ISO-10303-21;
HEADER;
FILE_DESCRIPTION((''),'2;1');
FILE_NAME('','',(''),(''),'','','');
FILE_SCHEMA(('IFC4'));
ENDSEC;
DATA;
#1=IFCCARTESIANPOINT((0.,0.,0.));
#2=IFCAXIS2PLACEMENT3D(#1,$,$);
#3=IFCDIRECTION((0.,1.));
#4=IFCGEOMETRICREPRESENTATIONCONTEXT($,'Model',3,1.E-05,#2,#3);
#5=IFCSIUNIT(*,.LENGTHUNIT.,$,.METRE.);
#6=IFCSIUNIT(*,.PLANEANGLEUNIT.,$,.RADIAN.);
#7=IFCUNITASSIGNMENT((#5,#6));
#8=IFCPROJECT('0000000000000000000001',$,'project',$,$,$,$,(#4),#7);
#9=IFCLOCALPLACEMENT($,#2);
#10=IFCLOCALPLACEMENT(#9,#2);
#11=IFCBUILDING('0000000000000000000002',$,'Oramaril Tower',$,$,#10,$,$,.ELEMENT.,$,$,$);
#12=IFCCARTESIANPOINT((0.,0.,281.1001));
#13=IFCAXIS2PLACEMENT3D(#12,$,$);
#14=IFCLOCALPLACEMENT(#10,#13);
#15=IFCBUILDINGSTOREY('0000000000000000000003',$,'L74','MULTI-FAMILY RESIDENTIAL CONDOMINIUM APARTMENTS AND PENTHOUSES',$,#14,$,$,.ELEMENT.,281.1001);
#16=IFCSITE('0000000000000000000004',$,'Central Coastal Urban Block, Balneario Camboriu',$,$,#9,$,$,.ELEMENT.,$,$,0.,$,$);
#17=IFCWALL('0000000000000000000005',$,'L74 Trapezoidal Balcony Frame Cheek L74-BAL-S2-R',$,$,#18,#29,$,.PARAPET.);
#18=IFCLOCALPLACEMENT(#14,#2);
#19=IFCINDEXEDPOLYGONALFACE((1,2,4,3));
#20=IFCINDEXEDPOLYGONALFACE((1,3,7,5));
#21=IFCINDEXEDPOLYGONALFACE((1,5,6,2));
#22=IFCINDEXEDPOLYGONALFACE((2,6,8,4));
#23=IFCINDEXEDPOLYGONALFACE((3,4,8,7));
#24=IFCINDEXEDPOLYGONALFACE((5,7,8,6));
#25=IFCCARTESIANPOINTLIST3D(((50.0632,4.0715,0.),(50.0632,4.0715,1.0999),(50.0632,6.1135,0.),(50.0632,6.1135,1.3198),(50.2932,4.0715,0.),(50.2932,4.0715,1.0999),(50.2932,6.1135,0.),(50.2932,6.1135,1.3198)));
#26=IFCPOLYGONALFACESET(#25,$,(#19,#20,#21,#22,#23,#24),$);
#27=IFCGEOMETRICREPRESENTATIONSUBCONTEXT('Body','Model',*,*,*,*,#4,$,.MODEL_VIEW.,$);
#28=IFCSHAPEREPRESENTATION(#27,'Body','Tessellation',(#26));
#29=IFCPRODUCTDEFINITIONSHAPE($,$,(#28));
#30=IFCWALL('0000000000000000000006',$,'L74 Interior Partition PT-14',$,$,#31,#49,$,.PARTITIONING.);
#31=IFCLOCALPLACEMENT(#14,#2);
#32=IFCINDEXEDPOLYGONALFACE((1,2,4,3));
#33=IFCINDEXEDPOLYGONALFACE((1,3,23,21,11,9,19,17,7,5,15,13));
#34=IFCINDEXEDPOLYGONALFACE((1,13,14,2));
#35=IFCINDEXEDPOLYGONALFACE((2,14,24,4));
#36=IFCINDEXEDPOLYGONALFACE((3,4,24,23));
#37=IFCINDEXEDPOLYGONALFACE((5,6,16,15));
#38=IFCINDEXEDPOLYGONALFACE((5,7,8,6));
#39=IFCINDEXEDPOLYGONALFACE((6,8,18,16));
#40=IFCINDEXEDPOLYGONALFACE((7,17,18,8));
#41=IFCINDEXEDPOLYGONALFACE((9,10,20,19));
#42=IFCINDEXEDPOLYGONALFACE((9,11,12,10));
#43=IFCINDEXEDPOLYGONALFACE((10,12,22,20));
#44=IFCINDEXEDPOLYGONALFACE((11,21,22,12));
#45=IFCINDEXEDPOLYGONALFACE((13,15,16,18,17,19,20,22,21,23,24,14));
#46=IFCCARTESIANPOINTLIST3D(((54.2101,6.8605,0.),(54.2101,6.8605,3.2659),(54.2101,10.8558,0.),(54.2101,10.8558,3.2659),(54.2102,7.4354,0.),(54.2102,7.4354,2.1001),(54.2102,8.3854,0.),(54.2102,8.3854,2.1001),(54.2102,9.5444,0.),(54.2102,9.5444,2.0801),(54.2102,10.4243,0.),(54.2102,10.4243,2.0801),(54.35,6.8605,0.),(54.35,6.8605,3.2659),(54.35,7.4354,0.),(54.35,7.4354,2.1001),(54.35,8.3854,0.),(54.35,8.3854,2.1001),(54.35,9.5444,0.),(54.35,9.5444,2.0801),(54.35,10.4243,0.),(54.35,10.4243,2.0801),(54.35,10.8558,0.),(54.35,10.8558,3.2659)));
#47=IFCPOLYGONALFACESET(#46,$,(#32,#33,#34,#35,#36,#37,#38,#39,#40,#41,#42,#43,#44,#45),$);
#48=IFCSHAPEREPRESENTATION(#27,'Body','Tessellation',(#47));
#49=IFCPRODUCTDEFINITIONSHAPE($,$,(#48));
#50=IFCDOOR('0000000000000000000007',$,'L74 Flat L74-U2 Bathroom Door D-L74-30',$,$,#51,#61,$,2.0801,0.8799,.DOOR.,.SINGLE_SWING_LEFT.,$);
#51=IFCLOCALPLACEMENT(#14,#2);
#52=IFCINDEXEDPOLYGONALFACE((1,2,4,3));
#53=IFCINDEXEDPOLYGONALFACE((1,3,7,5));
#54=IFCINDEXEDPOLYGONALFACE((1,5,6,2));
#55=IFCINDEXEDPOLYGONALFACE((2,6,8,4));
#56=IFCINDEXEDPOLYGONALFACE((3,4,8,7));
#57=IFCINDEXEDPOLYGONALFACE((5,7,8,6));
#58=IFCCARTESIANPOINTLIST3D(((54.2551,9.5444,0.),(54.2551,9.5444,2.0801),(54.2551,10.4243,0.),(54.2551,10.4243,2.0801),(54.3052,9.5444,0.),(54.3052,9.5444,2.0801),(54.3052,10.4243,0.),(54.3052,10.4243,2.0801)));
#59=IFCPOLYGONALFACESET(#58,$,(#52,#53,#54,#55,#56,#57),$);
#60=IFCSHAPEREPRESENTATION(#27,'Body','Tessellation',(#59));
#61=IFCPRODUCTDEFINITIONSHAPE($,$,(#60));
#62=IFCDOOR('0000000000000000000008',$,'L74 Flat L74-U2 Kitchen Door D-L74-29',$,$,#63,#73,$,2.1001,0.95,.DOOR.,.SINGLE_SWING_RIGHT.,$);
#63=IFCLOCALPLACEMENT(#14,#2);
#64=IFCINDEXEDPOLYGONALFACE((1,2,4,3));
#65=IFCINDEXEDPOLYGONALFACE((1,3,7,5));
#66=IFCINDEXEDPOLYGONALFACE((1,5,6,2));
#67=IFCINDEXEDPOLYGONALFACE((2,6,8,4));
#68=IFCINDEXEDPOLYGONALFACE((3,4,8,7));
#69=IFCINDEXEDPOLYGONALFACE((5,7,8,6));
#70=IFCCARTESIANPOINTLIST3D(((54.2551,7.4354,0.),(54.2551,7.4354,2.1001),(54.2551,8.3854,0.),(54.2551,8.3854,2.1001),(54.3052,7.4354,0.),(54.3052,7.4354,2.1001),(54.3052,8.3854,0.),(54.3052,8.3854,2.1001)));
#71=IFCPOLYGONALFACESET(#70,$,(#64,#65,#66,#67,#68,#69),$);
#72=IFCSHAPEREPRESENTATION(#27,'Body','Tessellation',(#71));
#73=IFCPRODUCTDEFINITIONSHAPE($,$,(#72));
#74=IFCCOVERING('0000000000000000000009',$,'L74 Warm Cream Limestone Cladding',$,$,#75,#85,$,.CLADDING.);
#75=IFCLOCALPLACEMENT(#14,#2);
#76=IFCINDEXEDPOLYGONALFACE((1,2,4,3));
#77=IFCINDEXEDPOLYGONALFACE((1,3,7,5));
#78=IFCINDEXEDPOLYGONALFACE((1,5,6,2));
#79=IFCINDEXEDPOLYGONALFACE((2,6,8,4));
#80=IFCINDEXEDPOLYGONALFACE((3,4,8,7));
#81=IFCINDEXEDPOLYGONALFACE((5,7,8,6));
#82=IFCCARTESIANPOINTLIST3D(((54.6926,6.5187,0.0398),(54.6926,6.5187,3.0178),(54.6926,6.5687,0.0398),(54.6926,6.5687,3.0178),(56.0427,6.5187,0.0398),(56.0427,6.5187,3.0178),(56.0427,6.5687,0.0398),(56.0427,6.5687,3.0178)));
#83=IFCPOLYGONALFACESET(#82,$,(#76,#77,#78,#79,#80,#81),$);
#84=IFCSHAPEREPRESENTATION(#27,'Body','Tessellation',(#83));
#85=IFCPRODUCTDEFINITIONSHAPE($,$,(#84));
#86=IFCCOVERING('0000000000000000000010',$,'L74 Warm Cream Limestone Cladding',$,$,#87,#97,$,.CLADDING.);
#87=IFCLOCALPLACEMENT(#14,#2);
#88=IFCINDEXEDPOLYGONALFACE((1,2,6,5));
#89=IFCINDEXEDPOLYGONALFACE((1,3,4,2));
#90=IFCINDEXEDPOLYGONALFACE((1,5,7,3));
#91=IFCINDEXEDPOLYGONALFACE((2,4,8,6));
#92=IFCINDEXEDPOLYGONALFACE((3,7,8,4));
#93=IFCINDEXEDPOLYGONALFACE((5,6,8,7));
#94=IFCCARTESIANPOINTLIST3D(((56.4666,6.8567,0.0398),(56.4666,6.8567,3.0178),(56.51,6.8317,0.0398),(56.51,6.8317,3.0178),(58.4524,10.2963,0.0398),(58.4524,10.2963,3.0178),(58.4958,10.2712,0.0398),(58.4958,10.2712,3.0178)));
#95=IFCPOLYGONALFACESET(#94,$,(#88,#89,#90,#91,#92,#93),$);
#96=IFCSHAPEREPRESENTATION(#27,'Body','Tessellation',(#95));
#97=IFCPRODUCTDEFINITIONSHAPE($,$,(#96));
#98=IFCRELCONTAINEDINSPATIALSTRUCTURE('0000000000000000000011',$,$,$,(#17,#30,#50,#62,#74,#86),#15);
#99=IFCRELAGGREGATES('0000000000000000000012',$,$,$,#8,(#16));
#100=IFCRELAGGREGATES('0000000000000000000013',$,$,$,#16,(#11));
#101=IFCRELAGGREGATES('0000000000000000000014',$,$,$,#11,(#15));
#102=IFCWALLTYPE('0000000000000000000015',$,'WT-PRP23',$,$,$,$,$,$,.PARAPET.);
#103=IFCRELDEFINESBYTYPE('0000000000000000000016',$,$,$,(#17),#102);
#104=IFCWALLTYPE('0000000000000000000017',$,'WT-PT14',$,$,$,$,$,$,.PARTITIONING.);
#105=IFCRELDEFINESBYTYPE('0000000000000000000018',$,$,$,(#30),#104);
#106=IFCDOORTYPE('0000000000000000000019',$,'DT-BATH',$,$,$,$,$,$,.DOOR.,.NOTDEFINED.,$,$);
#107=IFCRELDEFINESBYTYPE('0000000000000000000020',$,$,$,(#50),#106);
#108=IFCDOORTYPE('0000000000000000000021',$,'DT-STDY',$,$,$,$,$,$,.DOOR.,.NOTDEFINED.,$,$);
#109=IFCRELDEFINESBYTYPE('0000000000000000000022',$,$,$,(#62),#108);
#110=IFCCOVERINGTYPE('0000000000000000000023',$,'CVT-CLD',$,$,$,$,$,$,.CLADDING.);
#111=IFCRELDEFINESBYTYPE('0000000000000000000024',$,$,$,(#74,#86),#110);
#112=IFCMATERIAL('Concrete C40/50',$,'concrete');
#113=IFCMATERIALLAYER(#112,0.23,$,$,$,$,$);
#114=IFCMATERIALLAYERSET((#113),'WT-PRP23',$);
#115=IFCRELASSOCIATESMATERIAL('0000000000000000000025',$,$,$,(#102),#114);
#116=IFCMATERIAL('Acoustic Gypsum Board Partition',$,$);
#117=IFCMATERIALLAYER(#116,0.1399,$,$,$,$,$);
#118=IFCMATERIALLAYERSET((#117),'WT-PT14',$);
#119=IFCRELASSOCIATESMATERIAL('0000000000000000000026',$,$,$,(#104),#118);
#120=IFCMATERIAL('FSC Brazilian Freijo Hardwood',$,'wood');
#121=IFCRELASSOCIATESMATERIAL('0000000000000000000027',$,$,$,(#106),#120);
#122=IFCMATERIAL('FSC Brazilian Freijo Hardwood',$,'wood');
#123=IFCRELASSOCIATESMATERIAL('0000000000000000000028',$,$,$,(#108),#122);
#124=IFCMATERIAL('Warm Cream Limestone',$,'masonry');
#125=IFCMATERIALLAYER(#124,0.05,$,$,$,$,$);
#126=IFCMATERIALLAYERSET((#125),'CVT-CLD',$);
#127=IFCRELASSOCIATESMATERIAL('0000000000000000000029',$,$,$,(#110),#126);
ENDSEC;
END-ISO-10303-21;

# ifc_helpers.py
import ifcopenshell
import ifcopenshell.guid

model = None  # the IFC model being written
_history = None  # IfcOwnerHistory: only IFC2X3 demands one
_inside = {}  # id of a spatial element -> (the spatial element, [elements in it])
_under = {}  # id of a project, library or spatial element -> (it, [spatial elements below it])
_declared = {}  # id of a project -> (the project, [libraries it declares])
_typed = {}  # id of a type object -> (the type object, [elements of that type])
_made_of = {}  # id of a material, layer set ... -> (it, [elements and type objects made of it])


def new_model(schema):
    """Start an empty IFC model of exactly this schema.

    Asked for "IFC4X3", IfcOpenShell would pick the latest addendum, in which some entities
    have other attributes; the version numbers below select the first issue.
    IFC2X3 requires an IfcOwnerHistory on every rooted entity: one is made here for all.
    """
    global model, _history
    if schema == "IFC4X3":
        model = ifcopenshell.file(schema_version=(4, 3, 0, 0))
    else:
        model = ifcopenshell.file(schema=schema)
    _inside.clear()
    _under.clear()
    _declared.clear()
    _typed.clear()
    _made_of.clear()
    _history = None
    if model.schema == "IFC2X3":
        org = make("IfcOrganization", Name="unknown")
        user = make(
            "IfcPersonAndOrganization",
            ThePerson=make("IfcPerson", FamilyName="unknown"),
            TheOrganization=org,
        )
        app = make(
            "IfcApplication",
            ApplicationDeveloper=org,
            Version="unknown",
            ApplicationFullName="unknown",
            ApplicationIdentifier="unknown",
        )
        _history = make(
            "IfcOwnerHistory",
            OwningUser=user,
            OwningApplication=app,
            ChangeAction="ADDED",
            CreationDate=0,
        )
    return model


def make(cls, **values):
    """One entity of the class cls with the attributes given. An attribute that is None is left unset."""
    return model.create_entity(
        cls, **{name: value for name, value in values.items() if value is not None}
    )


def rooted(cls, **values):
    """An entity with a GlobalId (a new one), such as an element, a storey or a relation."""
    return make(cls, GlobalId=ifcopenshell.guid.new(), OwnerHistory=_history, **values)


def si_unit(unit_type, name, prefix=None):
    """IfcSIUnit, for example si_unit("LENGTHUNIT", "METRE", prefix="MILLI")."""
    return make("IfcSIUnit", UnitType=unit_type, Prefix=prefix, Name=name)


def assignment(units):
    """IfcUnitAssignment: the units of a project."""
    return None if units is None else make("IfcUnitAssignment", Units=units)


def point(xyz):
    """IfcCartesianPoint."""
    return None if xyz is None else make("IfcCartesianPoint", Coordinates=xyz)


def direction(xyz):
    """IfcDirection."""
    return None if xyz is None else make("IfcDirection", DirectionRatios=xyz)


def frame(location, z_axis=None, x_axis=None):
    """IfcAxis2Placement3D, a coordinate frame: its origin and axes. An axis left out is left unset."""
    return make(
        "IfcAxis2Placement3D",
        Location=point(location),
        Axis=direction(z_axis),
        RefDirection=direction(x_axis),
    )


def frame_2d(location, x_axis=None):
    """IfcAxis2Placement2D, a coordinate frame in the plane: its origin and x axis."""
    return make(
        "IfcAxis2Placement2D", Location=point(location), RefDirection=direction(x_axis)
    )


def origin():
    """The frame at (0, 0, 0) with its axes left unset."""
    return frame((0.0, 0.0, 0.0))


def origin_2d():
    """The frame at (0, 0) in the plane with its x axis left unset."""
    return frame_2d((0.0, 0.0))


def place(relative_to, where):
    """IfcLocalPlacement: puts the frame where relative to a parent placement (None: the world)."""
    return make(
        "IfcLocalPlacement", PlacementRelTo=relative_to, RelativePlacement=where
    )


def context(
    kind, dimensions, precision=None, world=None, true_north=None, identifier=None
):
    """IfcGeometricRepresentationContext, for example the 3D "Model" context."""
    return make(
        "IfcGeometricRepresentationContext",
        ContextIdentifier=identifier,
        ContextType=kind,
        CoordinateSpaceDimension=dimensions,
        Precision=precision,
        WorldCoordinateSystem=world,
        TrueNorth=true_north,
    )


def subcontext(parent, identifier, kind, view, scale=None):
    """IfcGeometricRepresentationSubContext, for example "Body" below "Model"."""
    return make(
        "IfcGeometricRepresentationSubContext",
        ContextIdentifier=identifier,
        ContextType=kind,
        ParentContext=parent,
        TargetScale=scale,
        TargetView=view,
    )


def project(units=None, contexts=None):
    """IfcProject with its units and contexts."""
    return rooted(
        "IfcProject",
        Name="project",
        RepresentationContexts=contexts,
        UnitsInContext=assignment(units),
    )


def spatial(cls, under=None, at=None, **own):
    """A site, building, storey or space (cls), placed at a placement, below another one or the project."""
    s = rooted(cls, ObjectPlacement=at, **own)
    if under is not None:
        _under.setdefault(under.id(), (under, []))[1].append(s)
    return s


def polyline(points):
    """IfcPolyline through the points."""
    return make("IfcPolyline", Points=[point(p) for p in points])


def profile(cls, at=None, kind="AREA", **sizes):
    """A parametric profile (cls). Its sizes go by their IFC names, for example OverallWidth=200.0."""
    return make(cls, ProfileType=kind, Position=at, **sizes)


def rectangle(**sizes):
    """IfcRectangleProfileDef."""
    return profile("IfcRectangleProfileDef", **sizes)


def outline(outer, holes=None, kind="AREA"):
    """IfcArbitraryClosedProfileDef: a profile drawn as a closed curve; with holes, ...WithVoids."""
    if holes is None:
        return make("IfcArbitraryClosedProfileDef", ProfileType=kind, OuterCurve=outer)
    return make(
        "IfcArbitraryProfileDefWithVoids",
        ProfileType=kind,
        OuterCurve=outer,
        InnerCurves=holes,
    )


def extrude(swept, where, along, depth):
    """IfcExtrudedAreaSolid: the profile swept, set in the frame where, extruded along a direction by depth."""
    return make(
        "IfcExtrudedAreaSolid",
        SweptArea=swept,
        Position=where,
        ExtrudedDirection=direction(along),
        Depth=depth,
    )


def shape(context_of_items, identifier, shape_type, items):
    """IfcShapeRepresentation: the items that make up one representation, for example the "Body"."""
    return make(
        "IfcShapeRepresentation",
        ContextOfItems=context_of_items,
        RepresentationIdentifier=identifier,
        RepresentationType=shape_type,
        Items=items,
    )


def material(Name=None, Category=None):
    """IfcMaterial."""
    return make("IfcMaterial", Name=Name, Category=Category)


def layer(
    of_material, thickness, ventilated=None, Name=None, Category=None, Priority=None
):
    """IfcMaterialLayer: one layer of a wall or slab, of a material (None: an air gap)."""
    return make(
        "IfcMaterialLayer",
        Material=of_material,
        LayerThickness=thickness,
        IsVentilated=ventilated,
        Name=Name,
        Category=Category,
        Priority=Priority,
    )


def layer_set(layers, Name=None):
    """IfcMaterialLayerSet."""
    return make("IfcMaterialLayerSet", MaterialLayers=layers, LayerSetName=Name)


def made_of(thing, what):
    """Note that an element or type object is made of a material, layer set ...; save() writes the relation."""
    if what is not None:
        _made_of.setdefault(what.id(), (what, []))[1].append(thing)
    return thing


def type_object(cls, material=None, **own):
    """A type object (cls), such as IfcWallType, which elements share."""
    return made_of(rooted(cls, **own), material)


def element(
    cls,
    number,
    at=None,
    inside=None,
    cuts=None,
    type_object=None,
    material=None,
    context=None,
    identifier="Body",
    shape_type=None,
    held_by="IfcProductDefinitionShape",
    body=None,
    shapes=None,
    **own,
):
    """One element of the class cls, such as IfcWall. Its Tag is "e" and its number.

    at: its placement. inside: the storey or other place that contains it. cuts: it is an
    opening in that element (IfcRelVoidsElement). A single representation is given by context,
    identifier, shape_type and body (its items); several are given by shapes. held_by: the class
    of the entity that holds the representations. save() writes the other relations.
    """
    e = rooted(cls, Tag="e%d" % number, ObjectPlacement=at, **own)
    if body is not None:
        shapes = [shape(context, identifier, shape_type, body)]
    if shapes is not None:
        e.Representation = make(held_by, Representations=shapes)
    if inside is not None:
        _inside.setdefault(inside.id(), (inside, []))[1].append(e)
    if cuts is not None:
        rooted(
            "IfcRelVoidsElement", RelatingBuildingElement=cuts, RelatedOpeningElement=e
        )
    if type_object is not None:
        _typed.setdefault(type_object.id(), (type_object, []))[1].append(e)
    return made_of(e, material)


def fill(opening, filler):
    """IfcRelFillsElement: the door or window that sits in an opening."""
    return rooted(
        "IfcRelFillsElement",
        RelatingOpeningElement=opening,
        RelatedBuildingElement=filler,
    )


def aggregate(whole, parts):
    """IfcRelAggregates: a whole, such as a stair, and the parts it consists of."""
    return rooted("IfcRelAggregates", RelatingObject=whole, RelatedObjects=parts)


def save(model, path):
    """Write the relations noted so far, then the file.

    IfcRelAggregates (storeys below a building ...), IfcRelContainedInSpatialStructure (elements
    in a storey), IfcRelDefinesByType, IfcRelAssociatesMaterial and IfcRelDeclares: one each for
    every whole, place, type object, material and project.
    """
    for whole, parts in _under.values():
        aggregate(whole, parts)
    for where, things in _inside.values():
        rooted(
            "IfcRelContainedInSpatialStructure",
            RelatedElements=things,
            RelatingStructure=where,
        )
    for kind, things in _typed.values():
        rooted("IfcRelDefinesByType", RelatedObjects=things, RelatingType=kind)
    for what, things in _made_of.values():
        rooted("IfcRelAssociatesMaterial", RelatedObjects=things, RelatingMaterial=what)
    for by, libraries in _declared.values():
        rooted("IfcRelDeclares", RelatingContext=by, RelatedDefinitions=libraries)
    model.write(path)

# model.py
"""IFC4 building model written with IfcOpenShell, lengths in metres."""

from ifc_helpers import new_model, si_unit, direction, frame, frame_2d, origin, origin_2d, place, context, subcontext, project, spatial, polyline, rectangle, outline, extrude, material, layer, layer_set, type_object, element, fill, save


model = new_model("IFC4")

# Units and contexts
model_context = context("Model", 3, precision=1e-05, world=origin(), true_north=direction((0.0, 1.0)))
body_context = subcontext(model_context, "Body", "Model", "MODEL_VIEW")
ifc_project = project(units=[si_unit("LENGTHUNIT", "METRE"), si_unit("PLANEANGLEUNIT", "RADIAN")], contexts=[model_context])

# Site, building, storey
site_placement = place(None, origin())
site = spatial("IfcSite", under=ifc_project, at=site_placement, Name="Central Coastal Urban Block, Balneario Camboriu", CompositionType="ELEMENT", RefElevation=0.0)
building_placement = place(site_placement, origin())
building = spatial("IfcBuilding", under=site, at=building_placement, Name="Oramaril Tower", CompositionType="ELEMENT")
storey_placement = place(building_placement, frame((0.0, 0.0, 281.1001)))
storey = spatial("IfcBuildingStorey", under=building, at=storey_placement, Name="L74", Description="MULTI-FAMILY RESIDENTIAL CONDOMINIUM APARTMENTS AND PENTHOUSES", CompositionType="ELEMENT", Elevation=281.1001)

# Wall
ifc_material_1 = material(Name="Concrete C40/50", Category="concrete")
ifc_layer_1 = layer(ifc_material_1, 0.23)
ifc_layer_set_1 = layer_set([ifc_layer_1], Name="WT-PRP23")
wall_type_1 = type_object("IfcWallType", Name="WT-PRP23", PredefinedType="PARAPET", material=ifc_layer_set_1)
wall_1_placement = place(storey_placement, frame((50.1782, 6.1135, 0.0), z_axis=(0.0, 0.0, 1.0), x_axis=(0.0, -1.0, 0.0)))
element("IfcWall", 1, at=wall_1_placement, inside=storey, type_object=wall_type_1, Name="L74 Trapezoidal Balcony Frame Cheek L74-BAL-S2-R", PredefinedType="PARAPET", context=body_context, shape_type="SweptSolid", body=[
    extrude(outline(polyline([(0.0, 0.0), (2.042, 0.0), (2.042, 1.0999), (0.0, 1.3198), (0.0, 0.0)])), frame((0.0, 0.115, 0.0), z_axis=(0.0, -1.0, 0.0), x_axis=(1.0, 0.0, 0.0)), (0.0, 0.0, 1.0), 0.23),
])

# Wall, openings, doors
ifc_material_2 = material(Name="Acoustic Gypsum Board Partition")
ifc_layer_2 = layer(ifc_material_2, 0.1399)
ifc_layer_set_2 = layer_set([ifc_layer_2], Name="WT-PT14")
wall_type_2 = type_object("IfcWallType", Name="WT-PT14", PredefinedType="PARTITIONING", material=ifc_layer_set_2)
wall_2_placement = place(storey_placement, frame((54.28, 6.8606, 0.0), z_axis=(0.0, 0.0, 1.0), x_axis=(0.0, 1.0, 0.0)))
wall_2 = element("IfcWall", 2, at=wall_2_placement, inside=storey, type_object=wall_type_2, Name="L74 Interior Partition PT-14", PredefinedType="PARTITIONING", context=body_context, shape_type="SweptSolid", body=[
    extrude(rectangle(XDim=3.9954, YDim=0.1399, at=frame_2d((1.9976, 0.0))), origin(), (0.0, 0.0, 1.0), 3.2659),
])
opening_1_placement = place(wall_2_placement, frame((0.5747, 0.0, 0.0)))
opening_1 = element("IfcOpeningElement", 3, at=opening_1_placement, cuts=wall_2, PredefinedType="OPENING", context=body_context, shape_type="SweptSolid", body=[
    extrude(rectangle(XDim=0.95, YDim=2.1001, at=frame_2d((0.4751, 1.05))), frame((0.0, 0.0698, 0.0), z_axis=(0.0, -1.0, 0.0), x_axis=(1.0, 0.0, 0.0)), (0.0, 0.0, 1.0), 0.1399),
])
opening_2_placement = place(wall_2_placement, frame((2.6838, 0.0, 0.0)))
opening_2 = element("IfcOpeningElement", 4, at=opening_2_placement, cuts=wall_2, PredefinedType="OPENING", context=body_context, shape_type="SweptSolid", body=[
    extrude(rectangle(XDim=0.8799, YDim=2.0801, at=frame_2d((0.4399, 1.04))), frame((0.0, 0.0698, 0.0), z_axis=(0.0, -1.0, 0.0), x_axis=(1.0, 0.0, 0.0)), (0.0, 0.0, 1.0), 0.1399),
])
ifc_material_3 = material(Name="FSC Brazilian Freijo Hardwood", Category="wood")
door_type_1 = type_object("IfcDoorType", Name="DT-BATH", OperationType="NOTDEFINED", PredefinedType="DOOR", material=ifc_material_3)
door_1_placement = place(opening_2_placement, origin())
door_1 = element("IfcDoor", 5, at=door_1_placement, inside=storey, type_object=door_type_1, Name="L74 Flat L74-U2 Bathroom Door D-L74-30", OperationType="SINGLE_SWING_LEFT", OverallHeight=2.0801, OverallWidth=0.8799, PredefinedType="DOOR", context=body_context, shape_type="SweptSolid", body=[
    extrude(rectangle(XDim=0.8799, YDim=2.0801, at=frame_2d((0.4399, 1.04))), frame((0.0, 0.0249, 0.0), z_axis=(0.0, -1.0, 0.0), x_axis=(1.0, 0.0, 0.0)), (0.0, 0.0, 1.0), 0.05),
])
fill(opening_2, door_1)
ifc_material_4 = material(Name="FSC Brazilian Freijo Hardwood", Category="wood")
door_type_2 = type_object("IfcDoorType", Name="DT-STDY", OperationType="NOTDEFINED", PredefinedType="DOOR", material=ifc_material_4)
door_2_placement = place(opening_1_placement, origin())
door_2 = element("IfcDoor", 6, at=door_2_placement, inside=storey, type_object=door_type_2, Name="L74 Flat L74-U2 Kitchen Door D-L74-29", OperationType="SINGLE_SWING_RIGHT", OverallHeight=2.1001, OverallWidth=0.95, PredefinedType="DOOR", context=body_context, shape_type="SweptSolid", body=[
    extrude(rectangle(XDim=0.95, YDim=2.1001, at=frame_2d((0.4751, 1.05))), frame((0.0, 0.0249, 0.0), z_axis=(0.0, -1.0, 0.0), x_axis=(1.0, 0.0, 0.0)), (0.0, 0.0, 1.0), 0.05),
])
fill(opening_1, door_2)

# Coverings
ifc_material_5 = material(Name="Warm Cream Limestone", Category="masonry")
ifc_layer_3 = layer(ifc_material_5, 0.05)
ifc_layer_set_3 = layer_set([ifc_layer_3], Name="CVT-CLD")
covering_type = type_object("IfcCoveringType", Name="CVT-CLD", PredefinedType="CLADDING", material=ifc_layer_set_3)
covering_1_placement = place(storey_placement, frame((55.3677, 6.5437, 0.0398), z_axis=(0.0, 0.0, 1.0), x_axis=(1.0, 0.0, 0.0)))
element("IfcCovering", 7, at=covering_1_placement, inside=storey, type_object=covering_type, Name="L74 Warm Cream Limestone Cladding", PredefinedType="CLADDING", context=body_context, shape_type="SweptSolid", body=[
    extrude(rectangle(XDim=1.3501, YDim=0.05, at=origin_2d()), origin(), (0.0, 0.0, 1.0), 2.978),
])
covering_2_placement = place(storey_placement, frame((57.4812, 8.564, 0.0398), z_axis=(0.0, 0.0, 1.0), x_axis=(0.499992, 0.86603, 0.0)))
element("IfcCovering", 8, at=covering_2_placement, inside=storey, type_object=covering_type, Name="L74 Warm Cream Limestone Cladding", PredefinedType="CLADDING", context=body_context, shape_type="SweptSolid", body=[
    extrude(rectangle(XDim=3.9717, YDim=0.05, at=origin_2d()), origin(), (0.0, 0.0, 1.0), 2.978),
])

save(model, "model.ifc")
